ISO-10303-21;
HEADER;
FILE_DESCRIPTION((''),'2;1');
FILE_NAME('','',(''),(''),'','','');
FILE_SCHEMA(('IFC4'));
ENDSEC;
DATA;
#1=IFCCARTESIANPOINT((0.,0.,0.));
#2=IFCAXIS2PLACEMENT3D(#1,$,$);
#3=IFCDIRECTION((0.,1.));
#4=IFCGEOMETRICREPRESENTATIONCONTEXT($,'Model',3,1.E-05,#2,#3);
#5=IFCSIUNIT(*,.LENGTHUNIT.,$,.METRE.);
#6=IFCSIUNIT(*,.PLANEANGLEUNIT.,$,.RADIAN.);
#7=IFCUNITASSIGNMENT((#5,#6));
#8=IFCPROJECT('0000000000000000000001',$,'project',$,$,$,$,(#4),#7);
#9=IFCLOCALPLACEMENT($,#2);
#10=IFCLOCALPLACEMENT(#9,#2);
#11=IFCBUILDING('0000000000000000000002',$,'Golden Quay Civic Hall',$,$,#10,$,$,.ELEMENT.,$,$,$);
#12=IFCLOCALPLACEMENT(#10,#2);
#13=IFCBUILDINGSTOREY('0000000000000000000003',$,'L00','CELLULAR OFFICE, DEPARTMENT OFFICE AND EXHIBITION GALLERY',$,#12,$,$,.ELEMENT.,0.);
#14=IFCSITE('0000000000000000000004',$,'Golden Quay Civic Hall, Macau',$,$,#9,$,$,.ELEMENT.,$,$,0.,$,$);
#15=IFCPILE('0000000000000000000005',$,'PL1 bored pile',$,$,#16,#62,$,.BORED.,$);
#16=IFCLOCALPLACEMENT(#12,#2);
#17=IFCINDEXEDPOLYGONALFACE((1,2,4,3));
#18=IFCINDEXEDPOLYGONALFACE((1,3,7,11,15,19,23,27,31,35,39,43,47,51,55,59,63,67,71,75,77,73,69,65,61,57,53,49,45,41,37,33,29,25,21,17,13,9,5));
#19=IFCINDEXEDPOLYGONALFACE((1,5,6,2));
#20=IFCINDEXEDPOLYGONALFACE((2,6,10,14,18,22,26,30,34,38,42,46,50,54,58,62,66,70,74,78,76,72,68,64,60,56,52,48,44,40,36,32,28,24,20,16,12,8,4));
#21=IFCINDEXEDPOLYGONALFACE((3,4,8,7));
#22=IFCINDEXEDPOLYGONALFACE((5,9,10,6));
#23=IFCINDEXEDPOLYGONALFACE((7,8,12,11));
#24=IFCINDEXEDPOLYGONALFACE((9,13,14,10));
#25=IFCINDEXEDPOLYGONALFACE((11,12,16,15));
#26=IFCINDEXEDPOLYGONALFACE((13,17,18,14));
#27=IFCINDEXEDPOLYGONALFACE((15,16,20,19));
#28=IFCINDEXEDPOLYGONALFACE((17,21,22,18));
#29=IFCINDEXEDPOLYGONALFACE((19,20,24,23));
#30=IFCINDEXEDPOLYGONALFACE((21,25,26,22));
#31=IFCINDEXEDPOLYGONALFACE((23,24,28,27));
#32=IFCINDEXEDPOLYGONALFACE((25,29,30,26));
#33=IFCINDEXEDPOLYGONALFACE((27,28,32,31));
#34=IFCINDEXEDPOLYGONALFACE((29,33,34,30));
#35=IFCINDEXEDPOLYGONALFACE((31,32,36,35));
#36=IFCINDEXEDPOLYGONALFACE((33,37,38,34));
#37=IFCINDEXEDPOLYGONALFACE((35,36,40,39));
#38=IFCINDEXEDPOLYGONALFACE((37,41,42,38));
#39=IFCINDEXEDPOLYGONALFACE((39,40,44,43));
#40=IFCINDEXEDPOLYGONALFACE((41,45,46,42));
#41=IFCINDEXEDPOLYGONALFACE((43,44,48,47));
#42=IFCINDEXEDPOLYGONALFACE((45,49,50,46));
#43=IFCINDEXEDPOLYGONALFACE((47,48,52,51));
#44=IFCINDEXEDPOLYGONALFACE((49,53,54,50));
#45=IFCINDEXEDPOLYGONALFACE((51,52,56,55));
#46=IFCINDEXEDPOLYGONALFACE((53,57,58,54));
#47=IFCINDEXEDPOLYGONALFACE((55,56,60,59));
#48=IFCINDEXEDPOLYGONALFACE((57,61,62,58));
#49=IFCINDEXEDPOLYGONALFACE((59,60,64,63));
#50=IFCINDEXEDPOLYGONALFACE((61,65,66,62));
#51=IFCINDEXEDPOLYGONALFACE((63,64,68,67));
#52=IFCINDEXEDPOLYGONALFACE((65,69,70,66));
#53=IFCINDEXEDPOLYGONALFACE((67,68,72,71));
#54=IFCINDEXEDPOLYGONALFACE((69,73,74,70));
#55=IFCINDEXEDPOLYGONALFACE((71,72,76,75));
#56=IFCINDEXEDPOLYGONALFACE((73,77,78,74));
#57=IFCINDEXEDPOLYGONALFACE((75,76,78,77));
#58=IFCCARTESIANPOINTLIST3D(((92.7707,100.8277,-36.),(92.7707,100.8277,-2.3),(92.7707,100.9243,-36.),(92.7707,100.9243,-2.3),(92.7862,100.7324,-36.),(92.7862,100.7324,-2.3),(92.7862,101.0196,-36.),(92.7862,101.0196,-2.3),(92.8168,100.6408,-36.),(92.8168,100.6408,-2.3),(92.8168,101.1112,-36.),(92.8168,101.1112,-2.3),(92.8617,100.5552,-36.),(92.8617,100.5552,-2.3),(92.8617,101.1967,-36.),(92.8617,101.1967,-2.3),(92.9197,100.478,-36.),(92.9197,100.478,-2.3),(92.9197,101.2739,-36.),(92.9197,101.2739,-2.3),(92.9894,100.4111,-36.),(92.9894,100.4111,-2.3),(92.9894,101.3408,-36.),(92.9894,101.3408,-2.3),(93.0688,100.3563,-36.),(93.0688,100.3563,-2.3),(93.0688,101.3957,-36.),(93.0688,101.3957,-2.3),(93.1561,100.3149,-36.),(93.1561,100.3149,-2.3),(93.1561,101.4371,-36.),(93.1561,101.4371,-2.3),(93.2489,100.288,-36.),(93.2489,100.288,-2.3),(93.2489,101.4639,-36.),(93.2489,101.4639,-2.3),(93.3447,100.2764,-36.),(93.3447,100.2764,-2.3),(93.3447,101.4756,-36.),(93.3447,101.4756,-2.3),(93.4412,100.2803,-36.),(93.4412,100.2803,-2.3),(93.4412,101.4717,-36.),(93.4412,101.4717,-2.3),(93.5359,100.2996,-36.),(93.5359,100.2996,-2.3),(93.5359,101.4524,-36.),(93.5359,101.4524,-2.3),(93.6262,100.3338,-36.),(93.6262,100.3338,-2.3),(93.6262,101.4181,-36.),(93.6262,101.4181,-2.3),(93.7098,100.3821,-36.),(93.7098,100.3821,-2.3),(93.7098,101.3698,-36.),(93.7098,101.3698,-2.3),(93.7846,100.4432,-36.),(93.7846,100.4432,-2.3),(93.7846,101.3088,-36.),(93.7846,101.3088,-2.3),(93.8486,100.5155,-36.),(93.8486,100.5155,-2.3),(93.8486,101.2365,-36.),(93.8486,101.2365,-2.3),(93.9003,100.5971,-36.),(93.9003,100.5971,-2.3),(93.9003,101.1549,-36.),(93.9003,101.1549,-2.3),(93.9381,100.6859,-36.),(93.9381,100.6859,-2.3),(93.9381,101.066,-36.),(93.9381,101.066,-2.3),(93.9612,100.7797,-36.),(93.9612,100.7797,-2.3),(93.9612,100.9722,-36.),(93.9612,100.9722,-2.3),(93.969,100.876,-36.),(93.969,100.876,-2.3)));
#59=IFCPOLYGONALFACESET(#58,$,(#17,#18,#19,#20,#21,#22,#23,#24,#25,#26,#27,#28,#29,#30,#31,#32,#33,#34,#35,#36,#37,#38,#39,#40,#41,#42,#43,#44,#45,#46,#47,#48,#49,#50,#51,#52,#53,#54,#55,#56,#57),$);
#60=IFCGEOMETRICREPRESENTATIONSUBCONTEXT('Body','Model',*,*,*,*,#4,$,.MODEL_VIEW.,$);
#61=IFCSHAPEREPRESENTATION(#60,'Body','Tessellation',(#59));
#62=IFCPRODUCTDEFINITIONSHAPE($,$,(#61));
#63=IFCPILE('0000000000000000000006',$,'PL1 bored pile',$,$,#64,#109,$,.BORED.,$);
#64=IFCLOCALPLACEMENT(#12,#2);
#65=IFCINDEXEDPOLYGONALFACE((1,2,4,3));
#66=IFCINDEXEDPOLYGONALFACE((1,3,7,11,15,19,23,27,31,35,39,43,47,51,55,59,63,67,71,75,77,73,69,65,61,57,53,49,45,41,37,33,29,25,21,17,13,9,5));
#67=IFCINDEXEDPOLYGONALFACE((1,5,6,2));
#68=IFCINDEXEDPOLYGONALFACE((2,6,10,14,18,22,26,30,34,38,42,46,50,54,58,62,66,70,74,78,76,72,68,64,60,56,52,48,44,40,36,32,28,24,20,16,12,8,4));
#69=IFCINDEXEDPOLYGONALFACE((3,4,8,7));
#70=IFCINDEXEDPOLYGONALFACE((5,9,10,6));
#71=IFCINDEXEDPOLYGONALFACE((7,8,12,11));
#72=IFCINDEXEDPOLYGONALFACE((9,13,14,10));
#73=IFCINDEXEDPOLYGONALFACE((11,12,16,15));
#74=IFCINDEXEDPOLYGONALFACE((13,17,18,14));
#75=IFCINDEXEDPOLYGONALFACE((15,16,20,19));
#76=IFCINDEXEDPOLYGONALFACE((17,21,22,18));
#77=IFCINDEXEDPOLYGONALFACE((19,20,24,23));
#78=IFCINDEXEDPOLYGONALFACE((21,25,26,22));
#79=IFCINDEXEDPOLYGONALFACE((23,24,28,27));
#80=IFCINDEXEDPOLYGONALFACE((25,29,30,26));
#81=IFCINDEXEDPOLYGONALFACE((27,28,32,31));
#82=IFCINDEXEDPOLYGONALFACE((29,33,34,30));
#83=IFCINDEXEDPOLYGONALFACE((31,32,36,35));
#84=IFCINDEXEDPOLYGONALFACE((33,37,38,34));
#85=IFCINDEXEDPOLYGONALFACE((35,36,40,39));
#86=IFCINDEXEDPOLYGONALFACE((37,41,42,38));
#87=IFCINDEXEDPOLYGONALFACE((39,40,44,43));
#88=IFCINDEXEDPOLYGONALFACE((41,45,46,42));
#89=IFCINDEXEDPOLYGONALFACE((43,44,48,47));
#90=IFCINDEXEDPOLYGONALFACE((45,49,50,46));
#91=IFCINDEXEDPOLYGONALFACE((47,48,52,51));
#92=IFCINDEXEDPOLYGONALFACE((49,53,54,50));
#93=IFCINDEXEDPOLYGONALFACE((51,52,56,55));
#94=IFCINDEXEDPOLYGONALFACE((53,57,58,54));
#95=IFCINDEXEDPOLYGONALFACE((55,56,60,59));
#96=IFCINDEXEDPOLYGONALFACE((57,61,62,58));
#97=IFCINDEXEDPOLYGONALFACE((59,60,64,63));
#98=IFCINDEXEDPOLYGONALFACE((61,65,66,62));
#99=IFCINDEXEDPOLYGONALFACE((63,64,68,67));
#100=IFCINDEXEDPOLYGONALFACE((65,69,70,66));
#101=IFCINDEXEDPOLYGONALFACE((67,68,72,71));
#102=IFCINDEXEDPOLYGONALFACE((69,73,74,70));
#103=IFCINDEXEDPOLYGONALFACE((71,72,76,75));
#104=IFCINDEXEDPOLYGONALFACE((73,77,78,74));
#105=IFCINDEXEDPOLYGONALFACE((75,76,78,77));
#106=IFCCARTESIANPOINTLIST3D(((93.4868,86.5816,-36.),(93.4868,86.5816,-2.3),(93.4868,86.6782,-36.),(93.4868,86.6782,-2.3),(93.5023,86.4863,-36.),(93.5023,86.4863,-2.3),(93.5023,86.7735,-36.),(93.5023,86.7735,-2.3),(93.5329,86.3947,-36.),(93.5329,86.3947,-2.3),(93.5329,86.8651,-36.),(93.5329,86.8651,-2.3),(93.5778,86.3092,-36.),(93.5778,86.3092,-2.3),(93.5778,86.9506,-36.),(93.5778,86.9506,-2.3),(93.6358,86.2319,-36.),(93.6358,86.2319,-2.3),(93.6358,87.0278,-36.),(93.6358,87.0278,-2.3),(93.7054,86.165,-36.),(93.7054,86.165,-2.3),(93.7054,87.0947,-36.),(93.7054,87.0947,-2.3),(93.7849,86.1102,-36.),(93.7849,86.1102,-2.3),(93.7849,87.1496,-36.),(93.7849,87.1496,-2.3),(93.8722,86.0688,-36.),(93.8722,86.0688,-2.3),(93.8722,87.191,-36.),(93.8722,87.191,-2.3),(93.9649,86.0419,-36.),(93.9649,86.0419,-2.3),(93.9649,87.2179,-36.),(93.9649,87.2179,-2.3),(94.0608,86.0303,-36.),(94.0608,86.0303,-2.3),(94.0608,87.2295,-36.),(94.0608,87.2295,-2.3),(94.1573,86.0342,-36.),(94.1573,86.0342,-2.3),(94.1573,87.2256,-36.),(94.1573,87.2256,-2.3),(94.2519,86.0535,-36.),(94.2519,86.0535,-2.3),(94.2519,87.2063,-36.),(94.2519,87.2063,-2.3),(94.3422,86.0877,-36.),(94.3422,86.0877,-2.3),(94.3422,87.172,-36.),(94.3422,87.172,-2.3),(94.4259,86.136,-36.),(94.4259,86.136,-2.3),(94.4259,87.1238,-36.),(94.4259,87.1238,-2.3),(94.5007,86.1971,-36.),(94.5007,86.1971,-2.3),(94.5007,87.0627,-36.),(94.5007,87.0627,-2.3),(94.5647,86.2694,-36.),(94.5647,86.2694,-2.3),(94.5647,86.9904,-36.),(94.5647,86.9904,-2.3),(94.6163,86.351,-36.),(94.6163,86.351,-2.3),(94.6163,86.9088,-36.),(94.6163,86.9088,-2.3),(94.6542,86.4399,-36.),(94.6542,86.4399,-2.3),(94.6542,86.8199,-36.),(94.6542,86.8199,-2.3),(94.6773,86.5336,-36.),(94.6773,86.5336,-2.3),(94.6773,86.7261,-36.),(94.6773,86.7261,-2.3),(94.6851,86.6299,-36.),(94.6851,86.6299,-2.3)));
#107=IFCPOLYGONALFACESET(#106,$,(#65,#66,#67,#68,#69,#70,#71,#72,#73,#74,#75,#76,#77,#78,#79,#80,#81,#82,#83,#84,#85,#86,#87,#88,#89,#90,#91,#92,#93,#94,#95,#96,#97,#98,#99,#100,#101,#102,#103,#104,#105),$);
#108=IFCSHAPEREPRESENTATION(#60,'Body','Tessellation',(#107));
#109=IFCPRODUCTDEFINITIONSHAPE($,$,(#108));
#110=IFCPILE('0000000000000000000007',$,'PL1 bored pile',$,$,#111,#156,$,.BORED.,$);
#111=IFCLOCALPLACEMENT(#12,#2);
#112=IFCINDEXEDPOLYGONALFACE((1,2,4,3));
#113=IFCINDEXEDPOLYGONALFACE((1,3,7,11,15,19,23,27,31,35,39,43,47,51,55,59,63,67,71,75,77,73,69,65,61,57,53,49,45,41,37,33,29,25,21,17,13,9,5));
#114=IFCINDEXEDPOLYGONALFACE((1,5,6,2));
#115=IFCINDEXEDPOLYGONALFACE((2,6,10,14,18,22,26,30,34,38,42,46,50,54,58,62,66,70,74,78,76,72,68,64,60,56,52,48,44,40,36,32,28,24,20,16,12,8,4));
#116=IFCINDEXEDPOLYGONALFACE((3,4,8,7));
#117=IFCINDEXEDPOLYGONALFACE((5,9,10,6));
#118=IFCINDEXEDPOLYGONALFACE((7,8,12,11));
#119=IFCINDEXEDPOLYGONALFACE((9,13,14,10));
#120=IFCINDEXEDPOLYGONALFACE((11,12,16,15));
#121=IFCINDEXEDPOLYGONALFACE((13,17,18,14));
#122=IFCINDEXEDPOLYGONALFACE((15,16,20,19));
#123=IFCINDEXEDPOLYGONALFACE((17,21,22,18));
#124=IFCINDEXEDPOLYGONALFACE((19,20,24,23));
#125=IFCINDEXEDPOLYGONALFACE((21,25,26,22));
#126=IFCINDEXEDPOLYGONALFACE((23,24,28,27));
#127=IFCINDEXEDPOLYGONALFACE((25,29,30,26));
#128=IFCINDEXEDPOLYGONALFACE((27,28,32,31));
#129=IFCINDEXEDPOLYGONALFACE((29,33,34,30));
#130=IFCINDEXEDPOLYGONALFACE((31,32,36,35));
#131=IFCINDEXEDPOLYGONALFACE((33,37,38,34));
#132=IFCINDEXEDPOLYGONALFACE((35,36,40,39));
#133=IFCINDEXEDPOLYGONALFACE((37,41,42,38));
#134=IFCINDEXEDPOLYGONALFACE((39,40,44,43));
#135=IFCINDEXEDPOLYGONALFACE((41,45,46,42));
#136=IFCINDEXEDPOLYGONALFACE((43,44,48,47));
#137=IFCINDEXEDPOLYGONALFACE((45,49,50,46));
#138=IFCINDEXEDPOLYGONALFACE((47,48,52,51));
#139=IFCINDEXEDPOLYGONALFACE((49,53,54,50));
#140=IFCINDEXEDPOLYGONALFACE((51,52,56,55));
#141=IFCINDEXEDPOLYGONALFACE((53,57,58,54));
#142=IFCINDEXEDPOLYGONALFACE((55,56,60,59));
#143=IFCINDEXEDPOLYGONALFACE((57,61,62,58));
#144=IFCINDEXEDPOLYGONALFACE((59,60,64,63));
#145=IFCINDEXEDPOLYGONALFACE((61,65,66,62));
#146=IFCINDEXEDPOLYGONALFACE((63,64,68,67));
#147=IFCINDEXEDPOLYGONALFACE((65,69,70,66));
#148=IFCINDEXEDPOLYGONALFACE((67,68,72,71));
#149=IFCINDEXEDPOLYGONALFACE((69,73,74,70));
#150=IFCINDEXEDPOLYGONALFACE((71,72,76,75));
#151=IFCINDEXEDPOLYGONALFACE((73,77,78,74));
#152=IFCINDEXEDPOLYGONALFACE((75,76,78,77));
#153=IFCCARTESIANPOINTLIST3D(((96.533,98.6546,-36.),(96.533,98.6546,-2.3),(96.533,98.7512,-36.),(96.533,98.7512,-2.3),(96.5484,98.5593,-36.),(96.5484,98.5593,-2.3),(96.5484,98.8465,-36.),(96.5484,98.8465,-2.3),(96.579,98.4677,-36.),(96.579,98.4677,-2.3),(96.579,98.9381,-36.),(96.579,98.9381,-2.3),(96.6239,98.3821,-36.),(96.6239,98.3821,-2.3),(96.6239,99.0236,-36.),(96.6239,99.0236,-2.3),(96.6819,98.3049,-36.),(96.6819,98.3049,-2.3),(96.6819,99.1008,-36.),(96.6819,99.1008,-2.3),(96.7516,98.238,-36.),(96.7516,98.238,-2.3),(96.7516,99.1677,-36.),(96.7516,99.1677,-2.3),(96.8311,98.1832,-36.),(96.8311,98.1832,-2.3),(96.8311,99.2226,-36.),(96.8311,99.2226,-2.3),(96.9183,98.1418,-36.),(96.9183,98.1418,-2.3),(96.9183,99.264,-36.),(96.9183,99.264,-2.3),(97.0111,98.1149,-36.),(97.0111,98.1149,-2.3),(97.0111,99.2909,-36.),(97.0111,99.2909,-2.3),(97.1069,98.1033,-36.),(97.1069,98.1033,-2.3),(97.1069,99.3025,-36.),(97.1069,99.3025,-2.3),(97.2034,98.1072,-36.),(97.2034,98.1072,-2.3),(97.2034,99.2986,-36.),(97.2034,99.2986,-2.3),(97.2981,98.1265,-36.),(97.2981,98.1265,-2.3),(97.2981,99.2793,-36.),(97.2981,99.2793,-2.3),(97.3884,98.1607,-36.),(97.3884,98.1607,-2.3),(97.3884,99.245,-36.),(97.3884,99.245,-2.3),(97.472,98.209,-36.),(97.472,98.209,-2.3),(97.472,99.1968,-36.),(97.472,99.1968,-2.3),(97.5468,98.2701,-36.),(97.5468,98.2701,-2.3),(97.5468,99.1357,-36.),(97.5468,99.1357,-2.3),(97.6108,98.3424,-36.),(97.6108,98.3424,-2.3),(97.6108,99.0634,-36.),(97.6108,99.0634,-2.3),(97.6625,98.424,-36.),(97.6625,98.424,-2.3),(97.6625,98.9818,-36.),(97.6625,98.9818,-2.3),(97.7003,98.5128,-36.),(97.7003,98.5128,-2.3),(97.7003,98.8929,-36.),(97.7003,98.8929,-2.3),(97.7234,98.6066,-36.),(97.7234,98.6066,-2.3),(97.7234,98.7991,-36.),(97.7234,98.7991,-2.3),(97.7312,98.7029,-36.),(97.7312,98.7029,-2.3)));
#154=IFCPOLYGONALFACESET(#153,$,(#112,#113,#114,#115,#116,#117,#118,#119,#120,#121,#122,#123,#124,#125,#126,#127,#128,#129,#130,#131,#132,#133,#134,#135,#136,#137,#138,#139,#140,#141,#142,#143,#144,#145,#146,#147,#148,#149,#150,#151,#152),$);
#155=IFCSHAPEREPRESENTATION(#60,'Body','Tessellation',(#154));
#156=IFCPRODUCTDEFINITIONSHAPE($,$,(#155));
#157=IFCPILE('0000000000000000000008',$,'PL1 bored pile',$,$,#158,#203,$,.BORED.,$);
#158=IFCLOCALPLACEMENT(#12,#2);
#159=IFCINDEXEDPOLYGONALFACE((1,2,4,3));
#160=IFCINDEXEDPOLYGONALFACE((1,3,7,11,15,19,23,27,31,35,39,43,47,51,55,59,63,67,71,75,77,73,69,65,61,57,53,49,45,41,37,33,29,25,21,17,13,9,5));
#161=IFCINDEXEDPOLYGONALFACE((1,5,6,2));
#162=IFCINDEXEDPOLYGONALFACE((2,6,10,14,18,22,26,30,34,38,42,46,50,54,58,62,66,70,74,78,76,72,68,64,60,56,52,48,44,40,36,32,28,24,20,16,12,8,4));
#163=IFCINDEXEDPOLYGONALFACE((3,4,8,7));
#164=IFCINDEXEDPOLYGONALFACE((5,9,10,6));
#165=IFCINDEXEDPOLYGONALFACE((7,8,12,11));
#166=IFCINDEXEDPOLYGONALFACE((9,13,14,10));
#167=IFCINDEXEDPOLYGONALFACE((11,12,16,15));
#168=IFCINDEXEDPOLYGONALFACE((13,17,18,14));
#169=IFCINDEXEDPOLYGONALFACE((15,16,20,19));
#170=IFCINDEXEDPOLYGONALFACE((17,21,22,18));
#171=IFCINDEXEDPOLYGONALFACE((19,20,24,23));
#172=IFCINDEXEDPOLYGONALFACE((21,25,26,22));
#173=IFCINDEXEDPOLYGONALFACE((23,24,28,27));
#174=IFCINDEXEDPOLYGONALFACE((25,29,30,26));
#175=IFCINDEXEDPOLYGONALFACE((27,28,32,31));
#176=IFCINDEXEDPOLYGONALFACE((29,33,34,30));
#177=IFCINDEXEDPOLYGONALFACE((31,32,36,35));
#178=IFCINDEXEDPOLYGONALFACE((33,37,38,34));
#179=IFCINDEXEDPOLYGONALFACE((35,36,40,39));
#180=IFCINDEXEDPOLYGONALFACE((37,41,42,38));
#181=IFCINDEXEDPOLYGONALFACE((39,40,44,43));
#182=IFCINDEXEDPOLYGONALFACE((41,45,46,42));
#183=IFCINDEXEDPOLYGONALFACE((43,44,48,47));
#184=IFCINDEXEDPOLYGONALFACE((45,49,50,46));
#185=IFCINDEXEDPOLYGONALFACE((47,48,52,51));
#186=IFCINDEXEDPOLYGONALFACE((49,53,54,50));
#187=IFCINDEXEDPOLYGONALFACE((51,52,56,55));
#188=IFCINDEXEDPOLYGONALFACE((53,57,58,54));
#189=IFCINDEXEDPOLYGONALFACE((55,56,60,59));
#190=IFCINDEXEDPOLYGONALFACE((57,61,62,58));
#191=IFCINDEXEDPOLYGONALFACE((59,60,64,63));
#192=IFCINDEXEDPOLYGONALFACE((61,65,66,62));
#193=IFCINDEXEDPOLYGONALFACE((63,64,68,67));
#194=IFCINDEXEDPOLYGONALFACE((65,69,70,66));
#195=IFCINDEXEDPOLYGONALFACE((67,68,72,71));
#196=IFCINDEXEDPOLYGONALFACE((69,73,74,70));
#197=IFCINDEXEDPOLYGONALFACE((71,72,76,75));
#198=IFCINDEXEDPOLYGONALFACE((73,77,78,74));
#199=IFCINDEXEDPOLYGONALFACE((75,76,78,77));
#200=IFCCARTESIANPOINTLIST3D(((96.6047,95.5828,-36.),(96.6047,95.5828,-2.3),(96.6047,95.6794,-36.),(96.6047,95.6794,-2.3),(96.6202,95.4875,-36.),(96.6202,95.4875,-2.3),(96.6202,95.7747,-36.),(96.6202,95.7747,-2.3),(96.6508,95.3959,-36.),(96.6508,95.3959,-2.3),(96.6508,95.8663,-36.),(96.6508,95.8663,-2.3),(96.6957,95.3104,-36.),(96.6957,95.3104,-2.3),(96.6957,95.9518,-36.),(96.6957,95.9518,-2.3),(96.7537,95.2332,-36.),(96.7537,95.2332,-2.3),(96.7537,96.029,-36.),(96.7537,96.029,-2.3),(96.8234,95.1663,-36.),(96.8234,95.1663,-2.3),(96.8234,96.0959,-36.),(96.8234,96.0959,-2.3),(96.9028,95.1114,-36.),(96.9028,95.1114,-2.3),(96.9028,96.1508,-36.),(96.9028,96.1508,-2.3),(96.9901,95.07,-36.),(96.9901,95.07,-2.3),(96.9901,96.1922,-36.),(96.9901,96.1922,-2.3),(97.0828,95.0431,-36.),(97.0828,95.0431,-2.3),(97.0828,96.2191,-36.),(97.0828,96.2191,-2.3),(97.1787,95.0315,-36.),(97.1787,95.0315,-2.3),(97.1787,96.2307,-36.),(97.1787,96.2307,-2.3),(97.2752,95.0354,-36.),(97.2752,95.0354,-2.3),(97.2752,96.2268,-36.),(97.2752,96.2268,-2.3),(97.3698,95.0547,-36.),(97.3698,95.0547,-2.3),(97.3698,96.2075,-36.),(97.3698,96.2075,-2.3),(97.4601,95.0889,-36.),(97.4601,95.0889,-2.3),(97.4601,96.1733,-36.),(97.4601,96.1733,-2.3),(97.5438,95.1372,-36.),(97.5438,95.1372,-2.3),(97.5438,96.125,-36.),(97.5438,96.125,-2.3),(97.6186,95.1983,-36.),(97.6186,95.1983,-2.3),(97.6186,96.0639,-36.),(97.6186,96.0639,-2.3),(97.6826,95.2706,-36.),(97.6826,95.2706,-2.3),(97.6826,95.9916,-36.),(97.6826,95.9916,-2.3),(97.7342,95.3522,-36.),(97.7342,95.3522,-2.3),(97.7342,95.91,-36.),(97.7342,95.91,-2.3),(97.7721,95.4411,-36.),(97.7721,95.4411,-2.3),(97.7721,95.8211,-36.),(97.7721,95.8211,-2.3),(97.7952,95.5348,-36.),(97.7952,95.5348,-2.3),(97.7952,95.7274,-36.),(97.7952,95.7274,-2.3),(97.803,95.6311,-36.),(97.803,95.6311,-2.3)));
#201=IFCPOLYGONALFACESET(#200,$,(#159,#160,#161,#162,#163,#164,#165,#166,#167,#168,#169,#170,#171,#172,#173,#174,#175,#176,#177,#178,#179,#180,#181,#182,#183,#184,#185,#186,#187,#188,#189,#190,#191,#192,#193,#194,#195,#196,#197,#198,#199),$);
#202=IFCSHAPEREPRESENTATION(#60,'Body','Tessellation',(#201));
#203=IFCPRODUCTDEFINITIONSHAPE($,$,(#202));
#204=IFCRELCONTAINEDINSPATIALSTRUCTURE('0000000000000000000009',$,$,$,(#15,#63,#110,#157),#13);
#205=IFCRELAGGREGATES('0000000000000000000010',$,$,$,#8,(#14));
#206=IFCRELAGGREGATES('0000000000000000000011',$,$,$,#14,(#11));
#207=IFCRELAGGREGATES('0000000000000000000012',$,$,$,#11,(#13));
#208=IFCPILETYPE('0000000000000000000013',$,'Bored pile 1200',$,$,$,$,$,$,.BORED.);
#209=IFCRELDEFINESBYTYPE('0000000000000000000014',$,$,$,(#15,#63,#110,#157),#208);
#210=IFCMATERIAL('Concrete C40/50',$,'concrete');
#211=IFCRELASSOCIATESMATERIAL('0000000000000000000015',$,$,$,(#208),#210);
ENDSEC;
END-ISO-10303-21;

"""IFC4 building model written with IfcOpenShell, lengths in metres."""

from ifc_helpers import new_model, si_unit, direction, frame, origin, origin_2d, place, context, subcontext, project, spatial, circle, extrude, material, material_profile, profile_set, type_object, element, save


model = new_model("IFC4")

# Units and contexts
model_context = context("Model", 3, precision=1e-05, world=origin(), true_north=direction((0.0, 1.0)))
body_context = subcontext(model_context, "Body", "Model", "MODEL_VIEW")
ifc_project = project(units=[si_unit("LENGTHUNIT", "METRE"), si_unit("PLANEANGLEUNIT", "RADIAN")], contexts=[model_context])

# Site, building, storey
site_placement = place(None, origin())
site = spatial("IfcSite", under=ifc_project, at=site_placement, Name="Golden Quay Civic Hall, Macau", CompositionType="ELEMENT", RefElevation=0.0)
building_placement = place(site_placement, origin())
building = spatial("IfcBuilding", under=site, at=building_placement, Name="Golden Quay Civic Hall", CompositionType="ELEMENT")
storey_placement = place(building_placement, origin())
storey = spatial("IfcBuildingStorey", under=building, at=storey_placement, Name="L00", Description="CELLULAR OFFICE, DEPARTMENT OFFICE AND EXHIBITION GALLERY", CompositionType="ELEMENT", Elevation=0.0)

# Piles
ifc_material_1 = material(Name="Concrete C40/50", Category="concrete")
ifc_material_profile_1 = material_profile(ifc_material_1, circle(Radius=0.6001, at=origin_2d()), Name="RC D1200")
ifc_profile_set_1 = profile_set([ifc_material_profile_1], Name="Concrete C40/50")
pile_type_1 = type_object("IfcPileType", Name="Bored pile 1200", PredefinedType="BORED", material=ifc_profile_set_1)
for number, where, z_axis, x_axis, name in (
    (1, (93.3689, 100.876, -2.3), (0.0, 0.0, -1.0), (1.0, 0.0, 0.0), "PL1 bored pile"),
    (2, (94.085, 86.6299, -2.3), (0.0, 0.0, -1.0), (1.0, 0.0, 0.0), "PL1 bored pile"),
    (3, (97.1311, 98.7029, -2.3), (0.0, 0.0, -1.0), (1.0, 0.0, 0.0), "PL1 bored pile"),
    (4, (97.2029, 95.6311, -2.3), (0.0, 0.0, -1.0), (1.0, 0.0, 0.0), "PL1 bored pile"),
):
    element("IfcPile", number, at=place(storey_placement, frame(where, z_axis=z_axis, x_axis=x_axis)), inside=storey, type_object=pile_type_1, Name=name, PredefinedType="BORED", context=body_context, shape_type="SweptSolid", body=[
        extrude(circle(Radius=0.6001, at=origin_2d()), origin(), (0.0, 0.0, 1.0), 33.7),
    ])

save(model, "model.ifc")
